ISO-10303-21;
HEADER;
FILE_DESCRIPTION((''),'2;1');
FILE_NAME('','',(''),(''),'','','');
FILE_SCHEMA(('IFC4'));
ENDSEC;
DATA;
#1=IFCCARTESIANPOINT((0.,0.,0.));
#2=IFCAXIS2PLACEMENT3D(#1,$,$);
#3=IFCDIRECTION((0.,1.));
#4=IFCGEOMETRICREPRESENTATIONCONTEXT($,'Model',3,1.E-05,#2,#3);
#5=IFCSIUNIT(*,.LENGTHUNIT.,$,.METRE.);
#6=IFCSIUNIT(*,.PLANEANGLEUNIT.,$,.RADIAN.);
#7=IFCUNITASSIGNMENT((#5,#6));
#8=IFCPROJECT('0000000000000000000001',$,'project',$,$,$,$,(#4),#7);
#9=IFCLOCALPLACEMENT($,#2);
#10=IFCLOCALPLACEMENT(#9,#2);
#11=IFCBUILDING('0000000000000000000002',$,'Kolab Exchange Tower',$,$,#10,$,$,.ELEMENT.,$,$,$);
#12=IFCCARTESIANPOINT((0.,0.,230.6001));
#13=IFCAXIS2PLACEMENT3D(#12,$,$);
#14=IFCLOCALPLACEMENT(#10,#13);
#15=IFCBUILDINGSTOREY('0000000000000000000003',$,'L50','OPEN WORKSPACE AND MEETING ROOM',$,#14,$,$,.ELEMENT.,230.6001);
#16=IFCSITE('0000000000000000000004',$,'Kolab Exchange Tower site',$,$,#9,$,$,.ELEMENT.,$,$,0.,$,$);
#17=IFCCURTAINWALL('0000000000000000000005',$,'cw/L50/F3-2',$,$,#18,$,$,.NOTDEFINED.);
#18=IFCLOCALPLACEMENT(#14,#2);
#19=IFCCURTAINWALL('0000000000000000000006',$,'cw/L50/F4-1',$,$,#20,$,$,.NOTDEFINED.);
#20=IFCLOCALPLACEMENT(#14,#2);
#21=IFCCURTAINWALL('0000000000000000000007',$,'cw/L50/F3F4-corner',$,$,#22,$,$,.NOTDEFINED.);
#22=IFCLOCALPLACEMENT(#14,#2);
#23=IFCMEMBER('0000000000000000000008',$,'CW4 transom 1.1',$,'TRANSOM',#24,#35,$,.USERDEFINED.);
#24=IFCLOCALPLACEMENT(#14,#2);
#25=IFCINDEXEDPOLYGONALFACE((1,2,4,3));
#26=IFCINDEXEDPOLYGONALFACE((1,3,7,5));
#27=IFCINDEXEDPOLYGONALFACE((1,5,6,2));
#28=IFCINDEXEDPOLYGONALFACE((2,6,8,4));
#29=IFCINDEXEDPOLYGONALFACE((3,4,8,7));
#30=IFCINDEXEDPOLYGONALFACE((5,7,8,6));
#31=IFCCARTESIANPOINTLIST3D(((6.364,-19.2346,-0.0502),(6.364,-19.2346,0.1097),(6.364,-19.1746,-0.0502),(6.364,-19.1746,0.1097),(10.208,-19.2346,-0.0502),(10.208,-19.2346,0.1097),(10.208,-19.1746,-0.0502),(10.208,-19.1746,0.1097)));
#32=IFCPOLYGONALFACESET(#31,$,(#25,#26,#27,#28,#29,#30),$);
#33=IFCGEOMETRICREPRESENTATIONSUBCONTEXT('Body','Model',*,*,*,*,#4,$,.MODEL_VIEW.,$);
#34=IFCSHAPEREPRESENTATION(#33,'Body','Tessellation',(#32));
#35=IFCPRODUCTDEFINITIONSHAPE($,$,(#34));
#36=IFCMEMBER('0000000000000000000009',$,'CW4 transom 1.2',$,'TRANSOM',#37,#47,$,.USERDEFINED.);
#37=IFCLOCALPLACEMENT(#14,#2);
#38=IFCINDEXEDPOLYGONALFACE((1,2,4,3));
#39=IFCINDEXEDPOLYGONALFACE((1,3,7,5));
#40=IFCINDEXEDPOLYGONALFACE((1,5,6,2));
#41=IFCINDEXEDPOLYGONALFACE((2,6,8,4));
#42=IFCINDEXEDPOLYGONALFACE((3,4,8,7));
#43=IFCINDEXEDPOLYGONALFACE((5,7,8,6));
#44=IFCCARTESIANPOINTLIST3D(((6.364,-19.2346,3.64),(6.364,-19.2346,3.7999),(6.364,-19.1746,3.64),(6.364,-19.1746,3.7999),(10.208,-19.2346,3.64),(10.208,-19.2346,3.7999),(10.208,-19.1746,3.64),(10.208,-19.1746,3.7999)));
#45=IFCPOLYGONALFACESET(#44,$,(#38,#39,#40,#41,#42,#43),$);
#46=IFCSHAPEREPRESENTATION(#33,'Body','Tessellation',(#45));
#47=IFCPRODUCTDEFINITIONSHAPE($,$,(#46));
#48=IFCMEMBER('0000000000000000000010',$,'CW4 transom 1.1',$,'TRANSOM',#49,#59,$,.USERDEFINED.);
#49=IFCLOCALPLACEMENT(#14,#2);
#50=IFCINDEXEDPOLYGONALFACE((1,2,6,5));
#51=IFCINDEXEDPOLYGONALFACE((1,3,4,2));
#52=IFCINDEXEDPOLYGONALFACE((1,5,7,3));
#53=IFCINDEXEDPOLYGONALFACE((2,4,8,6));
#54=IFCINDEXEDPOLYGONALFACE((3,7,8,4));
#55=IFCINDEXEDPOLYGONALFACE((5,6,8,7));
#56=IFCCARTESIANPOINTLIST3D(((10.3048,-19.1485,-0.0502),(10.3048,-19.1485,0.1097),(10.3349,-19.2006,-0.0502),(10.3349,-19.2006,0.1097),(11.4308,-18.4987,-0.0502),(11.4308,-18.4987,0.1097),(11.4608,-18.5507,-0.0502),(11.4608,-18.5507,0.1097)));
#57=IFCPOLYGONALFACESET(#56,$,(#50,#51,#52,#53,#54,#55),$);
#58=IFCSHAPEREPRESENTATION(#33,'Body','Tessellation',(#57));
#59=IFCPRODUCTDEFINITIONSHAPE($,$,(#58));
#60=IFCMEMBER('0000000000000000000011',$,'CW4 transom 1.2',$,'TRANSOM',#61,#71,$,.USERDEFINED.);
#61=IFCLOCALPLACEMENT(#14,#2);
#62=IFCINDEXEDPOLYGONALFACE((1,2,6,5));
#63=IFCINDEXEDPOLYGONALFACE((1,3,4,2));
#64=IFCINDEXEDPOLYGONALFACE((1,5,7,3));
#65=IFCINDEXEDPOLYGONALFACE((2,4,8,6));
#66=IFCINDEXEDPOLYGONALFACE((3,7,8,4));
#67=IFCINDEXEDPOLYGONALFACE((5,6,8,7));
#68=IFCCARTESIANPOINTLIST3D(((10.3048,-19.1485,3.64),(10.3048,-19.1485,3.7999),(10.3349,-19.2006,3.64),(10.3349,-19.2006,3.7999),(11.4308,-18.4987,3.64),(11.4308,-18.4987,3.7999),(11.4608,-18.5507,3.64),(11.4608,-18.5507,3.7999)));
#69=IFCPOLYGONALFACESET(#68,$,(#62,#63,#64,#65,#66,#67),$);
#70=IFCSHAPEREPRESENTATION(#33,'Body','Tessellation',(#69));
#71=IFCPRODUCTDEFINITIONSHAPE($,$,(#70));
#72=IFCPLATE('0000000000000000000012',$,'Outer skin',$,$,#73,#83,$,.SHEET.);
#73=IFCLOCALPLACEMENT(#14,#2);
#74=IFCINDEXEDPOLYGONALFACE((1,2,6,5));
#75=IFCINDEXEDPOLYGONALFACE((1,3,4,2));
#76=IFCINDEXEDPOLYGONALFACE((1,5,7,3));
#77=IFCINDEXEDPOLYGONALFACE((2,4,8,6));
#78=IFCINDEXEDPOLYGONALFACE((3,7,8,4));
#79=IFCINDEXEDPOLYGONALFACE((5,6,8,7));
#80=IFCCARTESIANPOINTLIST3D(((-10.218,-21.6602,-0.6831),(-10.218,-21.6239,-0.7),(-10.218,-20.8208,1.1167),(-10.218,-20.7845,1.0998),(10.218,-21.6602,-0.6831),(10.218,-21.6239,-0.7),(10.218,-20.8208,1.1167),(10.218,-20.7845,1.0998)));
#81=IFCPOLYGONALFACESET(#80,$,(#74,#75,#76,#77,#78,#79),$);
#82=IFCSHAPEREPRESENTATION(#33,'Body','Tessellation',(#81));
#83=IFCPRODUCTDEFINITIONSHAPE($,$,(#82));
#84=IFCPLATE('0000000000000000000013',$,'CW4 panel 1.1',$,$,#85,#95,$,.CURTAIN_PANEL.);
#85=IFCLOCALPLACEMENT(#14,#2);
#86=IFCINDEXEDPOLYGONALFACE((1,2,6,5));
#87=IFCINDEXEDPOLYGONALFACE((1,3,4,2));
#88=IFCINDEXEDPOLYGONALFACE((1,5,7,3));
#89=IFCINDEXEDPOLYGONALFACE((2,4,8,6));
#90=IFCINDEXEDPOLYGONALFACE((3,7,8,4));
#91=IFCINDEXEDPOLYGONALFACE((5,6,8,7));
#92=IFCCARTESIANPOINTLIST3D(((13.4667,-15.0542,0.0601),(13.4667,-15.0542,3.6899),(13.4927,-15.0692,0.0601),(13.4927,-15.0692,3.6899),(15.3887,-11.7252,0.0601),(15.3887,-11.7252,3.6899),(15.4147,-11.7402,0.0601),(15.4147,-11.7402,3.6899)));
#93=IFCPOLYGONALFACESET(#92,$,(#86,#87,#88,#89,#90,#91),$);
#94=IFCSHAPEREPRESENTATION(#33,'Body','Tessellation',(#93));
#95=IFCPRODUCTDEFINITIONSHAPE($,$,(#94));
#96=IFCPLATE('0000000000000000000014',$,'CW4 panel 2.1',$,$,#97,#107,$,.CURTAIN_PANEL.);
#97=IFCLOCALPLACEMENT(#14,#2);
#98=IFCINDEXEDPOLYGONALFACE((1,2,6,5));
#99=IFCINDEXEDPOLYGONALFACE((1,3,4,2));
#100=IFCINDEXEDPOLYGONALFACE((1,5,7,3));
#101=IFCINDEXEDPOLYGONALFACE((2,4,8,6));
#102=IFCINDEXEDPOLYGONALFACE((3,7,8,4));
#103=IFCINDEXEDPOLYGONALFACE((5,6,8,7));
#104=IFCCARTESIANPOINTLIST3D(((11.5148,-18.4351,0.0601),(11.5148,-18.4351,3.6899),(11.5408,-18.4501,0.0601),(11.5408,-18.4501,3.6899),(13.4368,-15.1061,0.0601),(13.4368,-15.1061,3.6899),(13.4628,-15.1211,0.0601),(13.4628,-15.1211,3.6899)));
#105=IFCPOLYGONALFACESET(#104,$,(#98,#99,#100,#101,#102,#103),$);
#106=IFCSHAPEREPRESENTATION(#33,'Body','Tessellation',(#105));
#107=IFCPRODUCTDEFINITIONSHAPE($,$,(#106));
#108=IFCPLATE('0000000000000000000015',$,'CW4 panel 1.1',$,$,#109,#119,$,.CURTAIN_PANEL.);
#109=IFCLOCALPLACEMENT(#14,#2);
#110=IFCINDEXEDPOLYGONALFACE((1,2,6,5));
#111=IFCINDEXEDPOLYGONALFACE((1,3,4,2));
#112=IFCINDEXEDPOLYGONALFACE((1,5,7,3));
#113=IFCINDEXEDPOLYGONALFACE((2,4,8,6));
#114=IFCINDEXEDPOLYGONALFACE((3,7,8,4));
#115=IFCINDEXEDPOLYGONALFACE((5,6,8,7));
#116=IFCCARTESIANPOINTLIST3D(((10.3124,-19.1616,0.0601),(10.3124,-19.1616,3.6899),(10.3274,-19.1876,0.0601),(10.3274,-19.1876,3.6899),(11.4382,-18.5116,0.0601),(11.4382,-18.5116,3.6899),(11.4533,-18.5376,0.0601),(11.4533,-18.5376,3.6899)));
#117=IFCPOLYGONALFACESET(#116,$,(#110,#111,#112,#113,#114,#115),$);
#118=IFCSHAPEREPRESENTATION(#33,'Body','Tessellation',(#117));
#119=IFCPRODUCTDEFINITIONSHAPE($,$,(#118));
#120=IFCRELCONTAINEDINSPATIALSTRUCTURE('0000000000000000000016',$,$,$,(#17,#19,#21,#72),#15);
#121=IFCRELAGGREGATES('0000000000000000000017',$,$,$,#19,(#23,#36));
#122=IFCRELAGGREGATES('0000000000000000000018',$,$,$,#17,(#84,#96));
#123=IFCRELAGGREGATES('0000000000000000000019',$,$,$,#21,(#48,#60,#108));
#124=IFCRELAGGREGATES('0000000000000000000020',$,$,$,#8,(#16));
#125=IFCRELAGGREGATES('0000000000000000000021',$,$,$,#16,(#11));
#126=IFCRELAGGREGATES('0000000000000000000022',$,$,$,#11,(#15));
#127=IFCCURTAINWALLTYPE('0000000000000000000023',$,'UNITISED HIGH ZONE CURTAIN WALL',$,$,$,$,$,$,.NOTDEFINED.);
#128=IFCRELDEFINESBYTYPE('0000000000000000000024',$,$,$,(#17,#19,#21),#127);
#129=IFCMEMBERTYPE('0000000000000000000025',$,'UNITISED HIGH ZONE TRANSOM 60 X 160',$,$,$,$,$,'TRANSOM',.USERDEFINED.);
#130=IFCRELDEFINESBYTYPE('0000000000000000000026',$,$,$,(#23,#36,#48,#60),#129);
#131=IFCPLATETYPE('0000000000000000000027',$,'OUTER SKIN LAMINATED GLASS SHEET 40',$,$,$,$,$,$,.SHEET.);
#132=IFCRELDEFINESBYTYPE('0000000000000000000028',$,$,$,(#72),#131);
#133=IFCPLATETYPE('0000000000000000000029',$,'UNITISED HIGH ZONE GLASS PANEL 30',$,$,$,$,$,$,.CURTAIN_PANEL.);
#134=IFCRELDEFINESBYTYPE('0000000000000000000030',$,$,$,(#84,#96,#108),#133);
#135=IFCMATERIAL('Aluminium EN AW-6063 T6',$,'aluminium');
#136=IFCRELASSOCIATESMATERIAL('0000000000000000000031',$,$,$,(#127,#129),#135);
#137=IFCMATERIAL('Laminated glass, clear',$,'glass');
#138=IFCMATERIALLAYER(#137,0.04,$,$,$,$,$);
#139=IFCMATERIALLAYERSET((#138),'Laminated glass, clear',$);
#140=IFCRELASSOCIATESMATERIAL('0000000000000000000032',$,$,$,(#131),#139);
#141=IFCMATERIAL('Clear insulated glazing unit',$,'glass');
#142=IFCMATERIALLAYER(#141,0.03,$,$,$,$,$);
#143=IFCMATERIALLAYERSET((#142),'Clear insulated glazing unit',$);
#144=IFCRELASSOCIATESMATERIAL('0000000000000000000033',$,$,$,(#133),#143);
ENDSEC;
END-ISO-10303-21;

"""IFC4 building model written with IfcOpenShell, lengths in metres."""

from ifc_helpers import new_model, si_unit, direction, frame, origin, origin_2d, place, context, subcontext, project, spatial, polyline, rectangle, outline, extrude, material, layer, layer_set, material_profile, profile_set, type_object, element, aggregate, save


model = new_model("IFC4")

# Units and contexts
model_context = context("Model", 3, precision=1e-05, world=origin(), true_north=direction((0.0, 1.0)))
body_context = subcontext(model_context, "Body", "Model", "MODEL_VIEW")
ifc_project = project(units=[si_unit("LENGTHUNIT", "METRE"), si_unit("PLANEANGLEUNIT", "RADIAN")], contexts=[model_context])

# Site, building, storey
site_placement = place(None, origin())
site = spatial("IfcSite", under=ifc_project, at=site_placement, Name="Kolab Exchange Tower site", CompositionType="ELEMENT", RefElevation=0.0)
building_placement = place(site_placement, origin())
building = spatial("IfcBuilding", under=site, at=building_placement, Name="Kolab Exchange Tower", CompositionType="ELEMENT")
storey_placement = place(building_placement, frame((0.0, 0.0, 230.6001)))
storey = spatial("IfcBuildingStorey", under=building, at=storey_placement, Name="L50", Description="OPEN WORKSPACE AND MEETING ROOM", CompositionType="ELEMENT", Elevation=230.6001)

# Curtain wall
ifc_material_1 = material(Name="Aluminium EN AW-6063 T6", Category="aluminium")
curtain_wall_type = type_object("IfcCurtainWallType", Name="UNITISED HIGH ZONE CURTAIN WALL", PredefinedType="NOTDEFINED", material=ifc_material_1)
curtain_wall_1_placement = place(storey_placement, origin())
curtain_wall_1 = element("IfcCurtainWall", 1, at=curtain_wall_1_placement, inside=storey, type_object=curtain_wall_type, Name="cw/L50/F3-2", PredefinedType="NOTDEFINED")

# Curtain wall
curtain_wall_2_placement = place(storey_placement, origin())
curtain_wall_2 = element("IfcCurtainWall", 2, at=curtain_wall_2_placement, inside=storey, type_object=curtain_wall_type, Name="cw/L50/F4-1", PredefinedType="NOTDEFINED")

# Curtain wall
curtain_wall_3_placement = place(storey_placement, origin())
curtain_wall_3 = element("IfcCurtainWall", 3, at=curtain_wall_3_placement, inside=storey, type_object=curtain_wall_type, Name="cw/L50/F3F4-corner", PredefinedType="NOTDEFINED")

# Members
ifc_material_profile_1 = material_profile(ifc_material_1, rectangle(XDim=0.0601, YDim=0.1599, at=origin_2d()), Name="RECT 60X160")
ifc_profile_set_1 = profile_set([ifc_material_profile_1], Name="Aluminium EN AW-6063 T6")
member_type_1 = type_object("IfcMemberType", Name="UNITISED HIGH ZONE TRANSOM 60 X 160", ElementType="TRANSOM", PredefinedType="USERDEFINED", material=ifc_profile_set_1)
member_1_placement = place(storey_placement, frame((10.208, -19.2046, 0.0298), z_axis=(-1.0, 0.0, 0.0), x_axis=(0.0, -1.0, 0.0)))
member_1 = element("IfcMember", 4, at=member_1_placement, type_object=member_type_1, Name="CW4 transom 1.1", ObjectType="TRANSOM", PredefinedType="USERDEFINED", context=body_context, shape_type="SweptSolid", body=[
    extrude(rectangle(XDim=0.0601, YDim=0.1599, at=origin_2d()), origin(), (0.0, 0.0, 1.0), 3.844),
])
member_2_placement = place(storey_placement, frame((10.208, -19.2046, 3.72), z_axis=(-1.0, 0.0, 0.0), x_axis=(0.0, -1.0, 0.0)))
member_2 = element("IfcMember", 5, at=member_2_placement, type_object=member_type_1, Name="CW4 transom 1.2", ObjectType="TRANSOM", PredefinedType="USERDEFINED", context=body_context, shape_type="SweptSolid", body=[
    extrude(rectangle(XDim=0.0601, YDim=0.1599, at=origin_2d()), origin(), (0.0, 0.0, 1.0), 3.844),
])
aggregate(curtain_wall_2, [member_1, member_2])
member_3_placement = place(storey_placement, frame((11.4458, -18.5247, 0.0298), z_axis=(-0.866086, -0.499896, 0.0), x_axis=(0.499896, -0.866086, 0.0)))
member_3 = element("IfcMember", 6, at=member_3_placement, type_object=member_type_1, Name="CW4 transom 1.1", ObjectType="TRANSOM", PredefinedType="USERDEFINED", context=body_context, shape_type="SweptSolid", body=[
    extrude(rectangle(XDim=0.0601, YDim=0.1599, at=origin_2d()), origin(), (0.0, 0.0, 1.0), 1.3),
])
member_4_placement = place(storey_placement, frame((11.4458, -18.5247, 3.72), z_axis=(-0.866086, -0.499896, 0.0), x_axis=(0.499896, -0.866086, 0.0)))
member_4 = element("IfcMember", 7, at=member_4_placement, type_object=member_type_1, Name="CW4 transom 1.2", ObjectType="TRANSOM", PredefinedType="USERDEFINED", context=body_context, shape_type="SweptSolid", body=[
    extrude(rectangle(XDim=0.0601, YDim=0.1599, at=origin_2d()), origin(), (0.0, 0.0, 1.0), 1.3),
])

# Plates
ifc_material_2 = material(Name="Laminated glass, clear", Category="glass")
ifc_layer_1 = layer(ifc_material_2, 0.04)
ifc_layer_set_1 = layer_set([ifc_layer_1], Name="Laminated glass, clear")
plate_type_1 = type_object("IfcPlateType", Name="OUTER SKIN LAMINATED GLASS SHEET 40", PredefinedType="SHEET", material=ifc_layer_set_1)
plate_1_placement = place(storey_placement, frame((10.218, -21.6602, -0.6831), z_axis=(0.0, -0.90629, 0.422657), x_axis=(-1.0, 0.0, 0.0)))
element("IfcPlate", 8, at=plate_1_placement, inside=storey, type_object=plate_type_1, Name="Outer skin", PredefinedType="SHEET", context=body_context, shape_type="SweptSolid", body=[
    extrude(outline(polyline([(0.0, 0.0), (20.436, 0.0), (20.436, -1.9859), (0.0, -1.9859), (0.0, 0.0)])), origin(), (0.0, 0.0, -1.0), 0.04),
])
ifc_material_3 = material(Name="Clear insulated glazing unit", Category="glass")
ifc_layer_2 = layer(ifc_material_3, 0.03)
ifc_layer_set_2 = layer_set([ifc_layer_2], Name="Clear insulated glazing unit")
plate_type_2 = type_object("IfcPlateType", Name="UNITISED HIGH ZONE GLASS PANEL 30", PredefinedType="CURTAIN_PANEL", material=ifc_layer_set_2)
plate_2_placement = place(storey_placement, frame((14.4407, -13.3972, 0.0601), z_axis=(0.0, 0.0, 1.0), x_axis=(-0.5, -0.866025, 0.0)))
plate_2 = element("IfcPlate", 9, at=plate_2_placement, type_object=plate_type_2, Name="CW4 panel 1.1", PredefinedType="CURTAIN_PANEL", context=body_context, shape_type="SweptSolid", body=[
    extrude(rectangle(XDim=3.844, YDim=0.03, at=origin_2d()), origin(), (0.0, 0.0, 1.0), 3.6299),
])
plate_3_placement = place(storey_placement, frame((12.4888, -16.7781, 0.0601), z_axis=(0.0, 0.0, 1.0), x_axis=(-0.5, -0.866025, 0.0)))
plate_3 = element("IfcPlate", 10, at=plate_3_placement, type_object=plate_type_2, Name="CW4 panel 2.1", PredefinedType="CURTAIN_PANEL", context=body_context, shape_type="SweptSolid", body=[
    extrude(rectangle(XDim=3.844, YDim=0.03, at=origin_2d()), origin(), (0.0, 0.0, 1.0), 3.6299),
])
aggregate(curtain_wall_1, [plate_2, plate_3])
plate_4_placement = place(storey_placement, frame((10.8828, -18.8496, 0.0601), z_axis=(0.0, 0.0, 1.0), x_axis=(-0.866025, -0.5, 0.0)))
plate_4 = element("IfcPlate", 11, at=plate_4_placement, type_object=plate_type_2, Name="CW4 panel 1.1", PredefinedType="CURTAIN_PANEL", context=body_context, shape_type="SweptSolid", body=[
    extrude(rectangle(XDim=1.3, YDim=0.03, at=origin_2d()), origin(), (0.0, 0.0, 1.0), 3.6299),
])
aggregate(curtain_wall_3, [member_3, member_4, plate_4])

save(model, "model.ifc")
